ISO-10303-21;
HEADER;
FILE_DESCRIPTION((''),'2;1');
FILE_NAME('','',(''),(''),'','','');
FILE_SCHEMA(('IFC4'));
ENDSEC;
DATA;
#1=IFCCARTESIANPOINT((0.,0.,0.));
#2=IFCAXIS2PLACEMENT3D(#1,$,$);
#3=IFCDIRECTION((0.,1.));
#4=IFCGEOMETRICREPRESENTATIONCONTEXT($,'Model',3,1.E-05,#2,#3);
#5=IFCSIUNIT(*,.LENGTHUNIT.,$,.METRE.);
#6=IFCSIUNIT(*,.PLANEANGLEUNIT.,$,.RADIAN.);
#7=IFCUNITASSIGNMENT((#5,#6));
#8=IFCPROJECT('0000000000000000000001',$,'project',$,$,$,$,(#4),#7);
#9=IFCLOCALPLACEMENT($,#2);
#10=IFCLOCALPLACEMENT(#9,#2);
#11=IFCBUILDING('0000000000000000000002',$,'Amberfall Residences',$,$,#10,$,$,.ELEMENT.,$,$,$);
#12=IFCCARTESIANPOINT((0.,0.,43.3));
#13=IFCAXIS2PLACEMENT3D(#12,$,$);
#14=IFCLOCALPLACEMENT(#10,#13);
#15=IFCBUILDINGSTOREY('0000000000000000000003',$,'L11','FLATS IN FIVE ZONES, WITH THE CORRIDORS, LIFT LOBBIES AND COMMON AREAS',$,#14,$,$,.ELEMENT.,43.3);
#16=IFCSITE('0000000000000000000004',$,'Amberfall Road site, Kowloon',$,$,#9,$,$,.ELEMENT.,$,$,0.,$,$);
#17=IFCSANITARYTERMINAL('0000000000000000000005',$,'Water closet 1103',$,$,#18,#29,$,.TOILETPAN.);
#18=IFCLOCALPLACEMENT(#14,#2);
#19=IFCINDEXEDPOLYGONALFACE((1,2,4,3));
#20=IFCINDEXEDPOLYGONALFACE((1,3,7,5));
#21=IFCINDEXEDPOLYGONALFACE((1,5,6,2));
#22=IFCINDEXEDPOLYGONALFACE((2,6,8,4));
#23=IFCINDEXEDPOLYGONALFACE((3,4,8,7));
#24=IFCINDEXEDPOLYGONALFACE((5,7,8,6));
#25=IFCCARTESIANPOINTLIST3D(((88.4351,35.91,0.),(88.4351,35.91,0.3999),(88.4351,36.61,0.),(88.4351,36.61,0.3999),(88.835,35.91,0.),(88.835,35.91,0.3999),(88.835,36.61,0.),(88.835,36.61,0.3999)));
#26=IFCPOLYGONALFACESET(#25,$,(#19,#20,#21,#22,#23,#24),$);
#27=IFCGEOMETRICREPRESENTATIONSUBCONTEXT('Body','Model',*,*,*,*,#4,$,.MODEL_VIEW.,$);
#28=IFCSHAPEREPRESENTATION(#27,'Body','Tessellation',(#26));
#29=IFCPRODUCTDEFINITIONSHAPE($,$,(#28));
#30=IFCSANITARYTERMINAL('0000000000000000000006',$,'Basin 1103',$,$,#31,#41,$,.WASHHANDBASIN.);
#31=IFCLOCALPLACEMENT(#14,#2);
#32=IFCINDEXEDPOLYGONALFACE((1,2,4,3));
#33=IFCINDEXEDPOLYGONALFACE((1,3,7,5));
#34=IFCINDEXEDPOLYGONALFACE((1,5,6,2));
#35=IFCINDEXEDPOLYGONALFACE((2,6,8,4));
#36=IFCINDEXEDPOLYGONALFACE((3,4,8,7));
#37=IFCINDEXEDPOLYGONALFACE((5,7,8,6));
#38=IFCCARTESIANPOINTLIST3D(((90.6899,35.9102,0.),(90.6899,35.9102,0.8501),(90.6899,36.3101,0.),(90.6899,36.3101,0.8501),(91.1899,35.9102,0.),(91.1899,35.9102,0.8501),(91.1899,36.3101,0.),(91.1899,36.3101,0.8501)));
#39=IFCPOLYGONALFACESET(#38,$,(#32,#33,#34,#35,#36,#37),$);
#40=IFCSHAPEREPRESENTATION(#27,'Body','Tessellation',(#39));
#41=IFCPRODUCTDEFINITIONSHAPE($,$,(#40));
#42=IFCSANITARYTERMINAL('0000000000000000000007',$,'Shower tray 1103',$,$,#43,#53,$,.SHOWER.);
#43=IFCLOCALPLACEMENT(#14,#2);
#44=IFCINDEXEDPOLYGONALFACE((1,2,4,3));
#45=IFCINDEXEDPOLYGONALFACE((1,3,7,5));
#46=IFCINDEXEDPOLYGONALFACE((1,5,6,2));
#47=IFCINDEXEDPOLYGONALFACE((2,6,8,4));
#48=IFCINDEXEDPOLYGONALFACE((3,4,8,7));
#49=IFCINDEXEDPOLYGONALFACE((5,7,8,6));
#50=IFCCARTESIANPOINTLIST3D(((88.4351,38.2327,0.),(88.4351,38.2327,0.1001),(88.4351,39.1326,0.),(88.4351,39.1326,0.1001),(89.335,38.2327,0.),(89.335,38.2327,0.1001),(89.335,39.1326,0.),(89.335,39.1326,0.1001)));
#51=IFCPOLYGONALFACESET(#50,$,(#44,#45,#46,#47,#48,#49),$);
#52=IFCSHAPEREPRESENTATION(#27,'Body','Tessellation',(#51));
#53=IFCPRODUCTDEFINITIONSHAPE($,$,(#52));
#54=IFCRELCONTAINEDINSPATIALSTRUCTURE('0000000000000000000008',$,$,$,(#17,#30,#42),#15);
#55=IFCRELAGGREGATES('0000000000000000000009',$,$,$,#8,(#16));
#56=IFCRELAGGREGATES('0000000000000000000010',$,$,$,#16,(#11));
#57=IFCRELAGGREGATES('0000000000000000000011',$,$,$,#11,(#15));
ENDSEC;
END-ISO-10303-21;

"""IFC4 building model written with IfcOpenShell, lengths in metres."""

from ifc_helpers import new_model, si_unit, direction, frame, origin, origin_2d, place, context, subcontext, project, spatial, rectangle, extrude, element, save


model = new_model("IFC4")

# Units and contexts
model_context = context("Model", 3, precision=1e-05, world=origin(), true_north=direction((0.0, 1.0)))
body_context = subcontext(model_context, "Body", "Model", "MODEL_VIEW")
ifc_project = project(units=[si_unit("LENGTHUNIT", "METRE"), si_unit("PLANEANGLEUNIT", "RADIAN")], contexts=[model_context])

# Site, building, storey
site_placement = place(None, origin())
site = spatial("IfcSite", under=ifc_project, at=site_placement, Name="Amberfall Road site, Kowloon", CompositionType="ELEMENT", RefElevation=0.0)
building_placement = place(site_placement, origin())
building = spatial("IfcBuilding", under=site, at=building_placement, Name="Amberfall Residences", CompositionType="ELEMENT")
storey_placement = place(building_placement, frame((0.0, 0.0, 43.3)))
storey = spatial("IfcBuildingStorey", under=building, at=storey_placement, Name="L11", Description="FLATS IN FIVE ZONES, WITH THE CORRIDORS, LIFT LOBBIES AND COMMON AREAS", CompositionType="ELEMENT", Elevation=43.3)

# Sanitary terminals
sanitary_terminal_1_placement = place(storey_placement, frame((88.635, 36.26, 0.0), z_axis=(0.0, 0.0, 1.0), x_axis=(1.0, 0.0, 0.0)))
element("IfcSanitaryTerminal", 1, at=sanitary_terminal_1_placement, inside=storey, Name="Water closet 1103", PredefinedType="TOILETPAN", context=body_context, shape_type="SweptSolid", body=[
    extrude(rectangle(XDim=0.3999, YDim=0.7, at=origin_2d()), origin(), (0.0, 0.0, 1.0), 0.3999),
])
sanitary_terminal_2_placement = place(storey_placement, frame((90.9399, 36.1101, 0.0), z_axis=(0.0, 0.0, 1.0), x_axis=(1.0, 0.0, 0.0)))
element("IfcSanitaryTerminal", 2, at=sanitary_terminal_2_placement, inside=storey, Name="Basin 1103", PredefinedType="WASHHANDBASIN", context=body_context, shape_type="SweptSolid", body=[
    extrude(rectangle(XDim=0.5, YDim=0.3999, at=origin_2d()), origin(), (0.0, 0.0, 1.0), 0.8501),
])
sanitary_terminal_3_placement = place(storey_placement, frame((88.885, 38.6826, 0.0), z_axis=(0.0, 0.0, 1.0), x_axis=(1.0, 0.0, 0.0)))
element("IfcSanitaryTerminal", 3, at=sanitary_terminal_3_placement, inside=storey, Name="Shower tray 1103", PredefinedType="SHOWER", context=body_context, shape_type="SweptSolid", body=[
    extrude(rectangle(XDim=0.8999, YDim=0.8999, at=origin_2d()), origin(), (0.0, 0.0, 1.0), 0.1001),
])

save(model, "model.ifc")
